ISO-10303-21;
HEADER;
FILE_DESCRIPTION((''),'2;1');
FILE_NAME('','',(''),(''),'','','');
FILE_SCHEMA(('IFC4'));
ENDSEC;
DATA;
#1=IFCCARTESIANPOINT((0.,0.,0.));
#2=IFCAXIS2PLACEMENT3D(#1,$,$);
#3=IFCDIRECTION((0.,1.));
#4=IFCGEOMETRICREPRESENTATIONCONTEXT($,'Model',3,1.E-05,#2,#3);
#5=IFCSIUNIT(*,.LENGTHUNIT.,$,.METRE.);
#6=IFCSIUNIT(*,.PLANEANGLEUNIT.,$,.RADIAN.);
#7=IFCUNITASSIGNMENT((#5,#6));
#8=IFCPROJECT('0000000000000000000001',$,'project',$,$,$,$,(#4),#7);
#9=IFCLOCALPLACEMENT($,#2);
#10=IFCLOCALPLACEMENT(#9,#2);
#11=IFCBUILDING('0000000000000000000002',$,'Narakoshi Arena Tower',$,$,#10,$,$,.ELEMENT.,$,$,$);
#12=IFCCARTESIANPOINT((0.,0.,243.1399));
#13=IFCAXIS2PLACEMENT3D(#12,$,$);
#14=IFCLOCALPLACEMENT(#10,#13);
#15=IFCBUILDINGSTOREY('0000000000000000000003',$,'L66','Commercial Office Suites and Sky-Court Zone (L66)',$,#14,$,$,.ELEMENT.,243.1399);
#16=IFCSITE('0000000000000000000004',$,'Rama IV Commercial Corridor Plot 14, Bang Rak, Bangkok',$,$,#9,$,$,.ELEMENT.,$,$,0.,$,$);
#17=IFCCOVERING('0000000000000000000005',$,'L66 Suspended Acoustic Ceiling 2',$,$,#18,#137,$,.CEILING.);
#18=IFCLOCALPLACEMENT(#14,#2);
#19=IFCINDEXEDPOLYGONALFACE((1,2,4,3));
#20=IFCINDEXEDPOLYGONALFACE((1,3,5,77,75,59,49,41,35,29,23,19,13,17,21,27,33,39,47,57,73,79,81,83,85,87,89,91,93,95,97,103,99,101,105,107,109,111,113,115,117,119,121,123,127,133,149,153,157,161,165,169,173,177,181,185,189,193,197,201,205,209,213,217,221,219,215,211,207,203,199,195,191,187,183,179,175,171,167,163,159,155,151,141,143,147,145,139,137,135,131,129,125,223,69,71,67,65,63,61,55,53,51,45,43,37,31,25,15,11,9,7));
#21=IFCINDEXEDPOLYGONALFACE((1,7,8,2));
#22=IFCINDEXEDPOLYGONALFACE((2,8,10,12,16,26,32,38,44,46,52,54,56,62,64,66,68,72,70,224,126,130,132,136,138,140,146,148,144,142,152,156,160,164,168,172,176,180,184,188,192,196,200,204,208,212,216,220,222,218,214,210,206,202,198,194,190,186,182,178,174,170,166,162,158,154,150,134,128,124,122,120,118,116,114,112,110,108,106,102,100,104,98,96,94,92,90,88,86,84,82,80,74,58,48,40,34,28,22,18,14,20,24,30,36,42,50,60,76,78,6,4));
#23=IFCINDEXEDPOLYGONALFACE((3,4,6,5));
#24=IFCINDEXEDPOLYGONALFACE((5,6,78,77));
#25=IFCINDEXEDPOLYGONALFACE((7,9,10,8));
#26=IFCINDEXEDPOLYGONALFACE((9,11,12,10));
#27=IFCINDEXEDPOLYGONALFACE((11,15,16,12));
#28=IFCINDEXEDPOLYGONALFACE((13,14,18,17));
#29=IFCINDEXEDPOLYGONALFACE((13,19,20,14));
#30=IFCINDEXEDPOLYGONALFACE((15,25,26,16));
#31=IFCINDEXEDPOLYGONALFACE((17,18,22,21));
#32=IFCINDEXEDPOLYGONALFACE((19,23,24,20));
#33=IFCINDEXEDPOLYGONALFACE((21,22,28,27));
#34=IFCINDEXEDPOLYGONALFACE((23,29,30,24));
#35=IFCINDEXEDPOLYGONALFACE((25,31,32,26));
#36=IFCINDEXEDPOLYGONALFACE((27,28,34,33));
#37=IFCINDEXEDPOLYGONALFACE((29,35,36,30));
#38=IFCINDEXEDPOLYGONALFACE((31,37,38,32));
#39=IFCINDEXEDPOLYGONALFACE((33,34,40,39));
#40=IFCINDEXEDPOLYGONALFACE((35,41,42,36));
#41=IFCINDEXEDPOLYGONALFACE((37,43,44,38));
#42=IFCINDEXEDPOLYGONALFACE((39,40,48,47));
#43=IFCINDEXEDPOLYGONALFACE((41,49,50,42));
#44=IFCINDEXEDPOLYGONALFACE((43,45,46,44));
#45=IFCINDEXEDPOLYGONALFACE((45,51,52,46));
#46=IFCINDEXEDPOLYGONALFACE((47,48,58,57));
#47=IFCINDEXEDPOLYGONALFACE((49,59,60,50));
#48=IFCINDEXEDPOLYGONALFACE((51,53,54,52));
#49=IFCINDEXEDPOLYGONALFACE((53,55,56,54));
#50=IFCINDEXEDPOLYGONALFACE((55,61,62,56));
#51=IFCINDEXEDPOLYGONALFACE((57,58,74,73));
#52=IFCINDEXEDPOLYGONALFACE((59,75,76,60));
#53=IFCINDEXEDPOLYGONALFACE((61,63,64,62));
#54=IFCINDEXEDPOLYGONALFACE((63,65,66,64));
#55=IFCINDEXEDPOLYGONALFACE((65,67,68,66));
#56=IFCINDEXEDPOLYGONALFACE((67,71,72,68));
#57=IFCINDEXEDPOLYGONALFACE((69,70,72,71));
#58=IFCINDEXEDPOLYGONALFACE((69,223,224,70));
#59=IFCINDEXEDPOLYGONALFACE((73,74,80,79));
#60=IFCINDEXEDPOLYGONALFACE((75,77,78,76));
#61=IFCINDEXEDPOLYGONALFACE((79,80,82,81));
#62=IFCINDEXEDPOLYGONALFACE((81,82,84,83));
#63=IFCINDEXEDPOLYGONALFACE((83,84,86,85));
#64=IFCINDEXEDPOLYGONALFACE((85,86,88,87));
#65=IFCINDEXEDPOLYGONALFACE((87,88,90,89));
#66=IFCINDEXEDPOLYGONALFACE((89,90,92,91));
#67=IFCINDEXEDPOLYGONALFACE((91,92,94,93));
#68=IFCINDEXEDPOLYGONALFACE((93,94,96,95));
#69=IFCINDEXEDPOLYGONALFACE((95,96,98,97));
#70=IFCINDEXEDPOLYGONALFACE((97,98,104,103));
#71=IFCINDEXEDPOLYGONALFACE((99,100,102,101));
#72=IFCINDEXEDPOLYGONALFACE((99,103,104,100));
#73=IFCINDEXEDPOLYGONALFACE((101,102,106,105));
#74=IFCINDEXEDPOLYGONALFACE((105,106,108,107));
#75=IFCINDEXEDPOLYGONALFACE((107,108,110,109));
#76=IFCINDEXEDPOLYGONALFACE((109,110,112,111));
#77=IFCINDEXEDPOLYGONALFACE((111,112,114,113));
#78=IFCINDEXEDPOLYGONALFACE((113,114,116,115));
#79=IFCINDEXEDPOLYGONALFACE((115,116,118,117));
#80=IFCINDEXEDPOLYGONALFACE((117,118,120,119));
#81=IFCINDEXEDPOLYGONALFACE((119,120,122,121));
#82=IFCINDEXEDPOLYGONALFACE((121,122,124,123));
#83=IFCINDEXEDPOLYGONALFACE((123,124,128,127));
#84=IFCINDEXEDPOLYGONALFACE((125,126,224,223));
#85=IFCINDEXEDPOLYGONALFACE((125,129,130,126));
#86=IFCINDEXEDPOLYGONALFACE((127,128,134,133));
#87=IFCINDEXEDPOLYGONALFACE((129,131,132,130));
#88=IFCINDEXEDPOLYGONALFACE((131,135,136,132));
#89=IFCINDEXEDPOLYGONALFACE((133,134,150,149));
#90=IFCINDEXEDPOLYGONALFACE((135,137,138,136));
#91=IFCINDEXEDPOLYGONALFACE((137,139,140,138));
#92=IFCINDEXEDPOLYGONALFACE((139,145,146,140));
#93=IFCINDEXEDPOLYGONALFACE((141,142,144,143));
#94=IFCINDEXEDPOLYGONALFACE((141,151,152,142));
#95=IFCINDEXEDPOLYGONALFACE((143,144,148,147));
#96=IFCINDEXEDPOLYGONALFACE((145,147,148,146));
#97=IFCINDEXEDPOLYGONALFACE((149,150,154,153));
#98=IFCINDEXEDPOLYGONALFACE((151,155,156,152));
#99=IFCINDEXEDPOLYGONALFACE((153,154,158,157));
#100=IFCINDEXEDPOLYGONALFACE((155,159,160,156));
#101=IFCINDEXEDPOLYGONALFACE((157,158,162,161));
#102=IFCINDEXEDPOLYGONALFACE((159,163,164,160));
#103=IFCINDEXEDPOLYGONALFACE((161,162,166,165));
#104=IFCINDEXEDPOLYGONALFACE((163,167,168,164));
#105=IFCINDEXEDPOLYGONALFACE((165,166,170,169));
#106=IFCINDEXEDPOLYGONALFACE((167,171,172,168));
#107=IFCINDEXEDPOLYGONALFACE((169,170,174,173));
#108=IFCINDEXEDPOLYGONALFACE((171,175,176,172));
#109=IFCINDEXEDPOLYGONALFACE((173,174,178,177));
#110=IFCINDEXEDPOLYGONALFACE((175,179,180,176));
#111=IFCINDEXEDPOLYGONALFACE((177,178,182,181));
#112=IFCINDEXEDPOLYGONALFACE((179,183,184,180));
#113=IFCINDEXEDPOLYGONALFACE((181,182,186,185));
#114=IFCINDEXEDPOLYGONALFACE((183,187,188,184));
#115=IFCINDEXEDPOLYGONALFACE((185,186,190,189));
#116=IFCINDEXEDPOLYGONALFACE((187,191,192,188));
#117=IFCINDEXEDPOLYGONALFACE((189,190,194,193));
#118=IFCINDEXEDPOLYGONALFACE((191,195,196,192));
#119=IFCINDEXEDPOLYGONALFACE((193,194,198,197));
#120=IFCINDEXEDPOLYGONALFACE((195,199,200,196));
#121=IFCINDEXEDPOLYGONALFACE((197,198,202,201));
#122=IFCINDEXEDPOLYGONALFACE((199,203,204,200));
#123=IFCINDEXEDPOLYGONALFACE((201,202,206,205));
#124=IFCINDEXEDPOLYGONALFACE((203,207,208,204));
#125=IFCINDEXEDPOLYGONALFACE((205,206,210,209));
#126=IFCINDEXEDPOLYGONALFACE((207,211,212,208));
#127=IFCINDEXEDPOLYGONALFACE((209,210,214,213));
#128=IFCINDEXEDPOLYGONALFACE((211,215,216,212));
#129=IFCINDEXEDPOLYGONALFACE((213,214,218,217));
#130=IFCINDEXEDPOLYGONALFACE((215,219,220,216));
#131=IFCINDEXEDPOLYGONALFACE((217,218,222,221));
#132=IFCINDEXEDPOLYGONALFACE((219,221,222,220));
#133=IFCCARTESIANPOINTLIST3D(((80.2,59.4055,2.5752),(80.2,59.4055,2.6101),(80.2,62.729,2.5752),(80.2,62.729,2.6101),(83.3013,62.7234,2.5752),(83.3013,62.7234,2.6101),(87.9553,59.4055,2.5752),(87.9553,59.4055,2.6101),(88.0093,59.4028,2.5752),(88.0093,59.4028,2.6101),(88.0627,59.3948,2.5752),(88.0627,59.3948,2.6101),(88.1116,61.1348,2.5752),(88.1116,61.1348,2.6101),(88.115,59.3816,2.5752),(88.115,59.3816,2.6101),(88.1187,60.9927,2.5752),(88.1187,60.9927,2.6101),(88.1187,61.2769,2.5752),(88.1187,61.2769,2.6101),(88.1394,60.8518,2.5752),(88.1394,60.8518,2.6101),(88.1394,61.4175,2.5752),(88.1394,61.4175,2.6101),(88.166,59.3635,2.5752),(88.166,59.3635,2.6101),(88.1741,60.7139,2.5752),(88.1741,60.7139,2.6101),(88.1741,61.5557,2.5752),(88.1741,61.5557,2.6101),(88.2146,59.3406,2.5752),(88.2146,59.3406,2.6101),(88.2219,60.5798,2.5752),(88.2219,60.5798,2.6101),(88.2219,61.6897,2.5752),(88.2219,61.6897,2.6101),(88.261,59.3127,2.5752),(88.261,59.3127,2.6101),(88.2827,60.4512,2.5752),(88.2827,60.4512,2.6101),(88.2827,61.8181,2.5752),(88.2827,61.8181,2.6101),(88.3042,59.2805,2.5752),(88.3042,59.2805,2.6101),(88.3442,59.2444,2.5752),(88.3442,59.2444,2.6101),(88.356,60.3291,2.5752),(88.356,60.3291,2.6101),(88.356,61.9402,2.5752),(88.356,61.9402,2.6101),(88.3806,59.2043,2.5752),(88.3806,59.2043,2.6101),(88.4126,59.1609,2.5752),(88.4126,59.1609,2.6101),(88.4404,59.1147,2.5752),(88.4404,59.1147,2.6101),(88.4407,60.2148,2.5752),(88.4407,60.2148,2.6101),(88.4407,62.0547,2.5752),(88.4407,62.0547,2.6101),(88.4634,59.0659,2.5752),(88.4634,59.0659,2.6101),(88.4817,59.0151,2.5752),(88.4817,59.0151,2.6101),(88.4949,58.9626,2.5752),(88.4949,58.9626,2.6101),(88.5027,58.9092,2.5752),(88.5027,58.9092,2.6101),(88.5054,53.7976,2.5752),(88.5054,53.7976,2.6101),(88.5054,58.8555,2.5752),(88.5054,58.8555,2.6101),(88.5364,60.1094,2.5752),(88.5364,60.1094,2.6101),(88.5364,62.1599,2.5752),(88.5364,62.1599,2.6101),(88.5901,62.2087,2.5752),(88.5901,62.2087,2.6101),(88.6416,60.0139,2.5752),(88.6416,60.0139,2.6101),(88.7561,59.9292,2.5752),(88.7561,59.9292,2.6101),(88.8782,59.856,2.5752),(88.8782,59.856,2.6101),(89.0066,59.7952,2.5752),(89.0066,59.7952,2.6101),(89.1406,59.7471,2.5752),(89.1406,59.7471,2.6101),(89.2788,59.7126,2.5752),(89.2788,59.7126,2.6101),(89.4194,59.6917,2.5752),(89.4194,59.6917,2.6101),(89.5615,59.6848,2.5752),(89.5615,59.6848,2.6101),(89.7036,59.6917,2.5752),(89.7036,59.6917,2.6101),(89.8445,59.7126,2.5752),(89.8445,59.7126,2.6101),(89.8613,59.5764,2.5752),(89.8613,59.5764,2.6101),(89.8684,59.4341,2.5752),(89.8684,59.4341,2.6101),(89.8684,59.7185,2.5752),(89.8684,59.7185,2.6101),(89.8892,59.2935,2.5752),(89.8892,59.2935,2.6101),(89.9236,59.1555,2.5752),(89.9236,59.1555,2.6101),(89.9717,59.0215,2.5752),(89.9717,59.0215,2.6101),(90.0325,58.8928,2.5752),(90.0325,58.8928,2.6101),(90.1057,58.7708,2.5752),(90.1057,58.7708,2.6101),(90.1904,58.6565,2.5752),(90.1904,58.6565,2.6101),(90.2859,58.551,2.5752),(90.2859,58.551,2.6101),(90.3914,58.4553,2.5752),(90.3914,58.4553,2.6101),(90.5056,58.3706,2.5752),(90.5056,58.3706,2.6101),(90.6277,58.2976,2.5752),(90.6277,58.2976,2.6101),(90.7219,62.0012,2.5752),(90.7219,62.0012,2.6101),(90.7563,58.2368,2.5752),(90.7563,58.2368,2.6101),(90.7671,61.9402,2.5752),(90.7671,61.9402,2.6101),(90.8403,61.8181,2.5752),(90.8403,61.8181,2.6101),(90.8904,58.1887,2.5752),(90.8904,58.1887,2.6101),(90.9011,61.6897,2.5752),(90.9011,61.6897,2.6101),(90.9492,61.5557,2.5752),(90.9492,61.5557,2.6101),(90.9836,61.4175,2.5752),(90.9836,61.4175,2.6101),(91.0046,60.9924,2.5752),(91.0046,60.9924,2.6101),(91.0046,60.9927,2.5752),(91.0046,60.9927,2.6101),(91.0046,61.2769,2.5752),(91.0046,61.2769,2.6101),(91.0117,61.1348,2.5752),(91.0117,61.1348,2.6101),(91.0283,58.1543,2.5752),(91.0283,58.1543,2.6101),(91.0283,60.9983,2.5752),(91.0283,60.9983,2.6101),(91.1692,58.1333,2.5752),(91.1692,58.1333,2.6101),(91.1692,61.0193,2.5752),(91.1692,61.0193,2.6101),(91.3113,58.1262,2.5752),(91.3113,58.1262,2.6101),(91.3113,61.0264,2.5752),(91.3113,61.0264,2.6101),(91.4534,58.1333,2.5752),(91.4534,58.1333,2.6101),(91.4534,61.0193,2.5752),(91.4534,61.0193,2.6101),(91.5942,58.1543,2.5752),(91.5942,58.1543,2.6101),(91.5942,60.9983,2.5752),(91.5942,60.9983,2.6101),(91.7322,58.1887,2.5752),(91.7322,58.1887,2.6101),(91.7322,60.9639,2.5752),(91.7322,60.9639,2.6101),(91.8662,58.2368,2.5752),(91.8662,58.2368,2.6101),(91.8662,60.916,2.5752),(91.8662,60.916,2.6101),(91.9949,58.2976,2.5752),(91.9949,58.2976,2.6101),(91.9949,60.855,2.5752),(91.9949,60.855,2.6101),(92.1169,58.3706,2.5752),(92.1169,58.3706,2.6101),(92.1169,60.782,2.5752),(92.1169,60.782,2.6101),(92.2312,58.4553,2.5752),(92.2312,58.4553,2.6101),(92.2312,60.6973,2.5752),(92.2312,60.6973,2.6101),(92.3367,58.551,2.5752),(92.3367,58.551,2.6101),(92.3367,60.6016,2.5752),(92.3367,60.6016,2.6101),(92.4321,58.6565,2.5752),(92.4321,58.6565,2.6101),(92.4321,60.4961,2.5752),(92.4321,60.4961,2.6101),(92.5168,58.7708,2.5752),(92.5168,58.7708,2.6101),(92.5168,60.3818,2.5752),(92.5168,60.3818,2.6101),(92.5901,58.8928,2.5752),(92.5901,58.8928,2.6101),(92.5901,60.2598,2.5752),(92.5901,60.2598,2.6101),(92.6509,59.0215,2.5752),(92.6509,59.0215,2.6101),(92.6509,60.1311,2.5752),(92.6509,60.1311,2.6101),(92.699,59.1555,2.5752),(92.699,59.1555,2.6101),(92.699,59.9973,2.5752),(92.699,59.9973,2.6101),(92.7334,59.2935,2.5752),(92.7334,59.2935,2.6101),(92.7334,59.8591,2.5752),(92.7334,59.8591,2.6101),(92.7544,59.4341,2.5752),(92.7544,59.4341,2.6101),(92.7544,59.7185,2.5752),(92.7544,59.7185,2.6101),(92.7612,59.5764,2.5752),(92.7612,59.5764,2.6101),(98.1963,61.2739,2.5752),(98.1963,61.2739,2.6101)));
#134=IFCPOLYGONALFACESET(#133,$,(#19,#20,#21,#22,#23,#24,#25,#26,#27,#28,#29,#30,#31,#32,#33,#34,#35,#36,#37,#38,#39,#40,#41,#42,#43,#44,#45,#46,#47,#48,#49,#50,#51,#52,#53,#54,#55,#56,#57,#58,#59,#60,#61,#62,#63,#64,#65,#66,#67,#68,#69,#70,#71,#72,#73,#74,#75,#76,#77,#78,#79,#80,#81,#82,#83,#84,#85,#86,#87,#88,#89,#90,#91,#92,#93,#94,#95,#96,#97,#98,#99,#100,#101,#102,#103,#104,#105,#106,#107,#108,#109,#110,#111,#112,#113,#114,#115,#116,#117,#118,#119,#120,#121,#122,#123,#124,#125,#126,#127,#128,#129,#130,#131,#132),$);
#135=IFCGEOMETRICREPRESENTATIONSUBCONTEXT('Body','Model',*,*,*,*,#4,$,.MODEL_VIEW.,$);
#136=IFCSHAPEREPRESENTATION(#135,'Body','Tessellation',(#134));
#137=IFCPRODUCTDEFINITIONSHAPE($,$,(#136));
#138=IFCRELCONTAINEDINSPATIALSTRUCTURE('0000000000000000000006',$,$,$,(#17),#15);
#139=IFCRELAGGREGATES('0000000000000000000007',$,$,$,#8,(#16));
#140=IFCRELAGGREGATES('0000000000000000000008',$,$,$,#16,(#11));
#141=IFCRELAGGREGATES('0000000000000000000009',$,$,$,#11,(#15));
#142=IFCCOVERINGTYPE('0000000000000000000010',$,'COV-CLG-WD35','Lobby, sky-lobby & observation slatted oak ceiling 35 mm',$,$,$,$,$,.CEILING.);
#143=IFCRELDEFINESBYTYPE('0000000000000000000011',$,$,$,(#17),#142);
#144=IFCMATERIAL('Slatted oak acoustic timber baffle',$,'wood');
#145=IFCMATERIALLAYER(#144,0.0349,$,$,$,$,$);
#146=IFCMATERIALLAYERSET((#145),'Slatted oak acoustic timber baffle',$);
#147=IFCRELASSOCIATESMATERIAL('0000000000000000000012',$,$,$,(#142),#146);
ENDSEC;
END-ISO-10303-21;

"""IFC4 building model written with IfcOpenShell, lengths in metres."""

from ifc_helpers import new_model, si_unit, direction, frame, origin, place, context, subcontext, project, spatial, polyline, outline, extrude, material, layer, layer_set, type_object, element, save


model = new_model("IFC4")

# Units and contexts
model_context = context("Model", 3, precision=1e-05, world=origin(), true_north=direction((0.0, 1.0)))
body_context = subcontext(model_context, "Body", "Model", "MODEL_VIEW")
ifc_project = project(units=[si_unit("LENGTHUNIT", "METRE"), si_unit("PLANEANGLEUNIT", "RADIAN")], contexts=[model_context])

# Site, building, storey
site_placement = place(None, origin())
site = spatial("IfcSite", under=ifc_project, at=site_placement, Name="Rama IV Commercial Corridor Plot 14, Bang Rak, Bangkok", CompositionType="ELEMENT", RefElevation=0.0)
building_placement = place(site_placement, origin())
building = spatial("IfcBuilding", under=site, at=building_placement, Name="Narakoshi Arena Tower", CompositionType="ELEMENT")
storey_placement = place(building_placement, frame((0.0, 0.0, 243.1399)))
storey = spatial("IfcBuildingStorey", under=building, at=storey_placement, Name="L66", Description="Commercial Office Suites and Sky-Court Zone (L66)", CompositionType="ELEMENT", Elevation=243.1399)

# Covering
ifc_material_1 = material(Name="Slatted oak acoustic timber baffle", Category="wood")
ifc_layer_1 = layer(ifc_material_1, 0.0349)
ifc_layer_set_1 = layer_set([ifc_layer_1], Name="Slatted oak acoustic timber baffle")
covering_type_1 = type_object("IfcCoveringType", Name="COV-CLG-WD35", Description="Lobby, sky-lobby & observation slatted oak ceiling 35 mm", PredefinedType="CEILING", material=ifc_layer_set_1)
covering_1_placement = place(storey_placement, frame((0.0, 0.0, 2.5752)))
element("IfcCovering", 1, at=covering_1_placement, inside=storey, type_object=covering_type_1, Name="L66 Suspended Acoustic Ceiling 2", PredefinedType="CEILING", context=body_context, shape_type="SweptSolid", body=[
    extrude(outline(polyline([(83.3013, 62.7234), (88.5901, 62.2087), (88.5364, 62.1599), (88.4407, 62.0547), (88.356, 61.9402), (88.2827, 61.8181), (88.2219, 61.6897), (88.1741, 61.5557), (88.1394, 61.4175), (88.1187, 61.2769), (88.1116, 61.1348), (88.1187, 60.9927), (88.1394, 60.8518), (88.1741, 60.7139), (88.2219, 60.5798), (88.2827, 60.4512), (88.356, 60.3291), (88.4407, 60.2148), (88.5364, 60.1094), (88.6416, 60.0139), (88.7561, 59.9292), (88.8782, 59.856), (89.0066, 59.7952), (89.1406, 59.7471), (89.2788, 59.7126), (89.4194, 59.6917), (89.5615, 59.6848), (89.7036, 59.6917), (89.8445, 59.7126), (89.8684, 59.7185), (89.8684, 59.7185), (89.8613, 59.5764), (89.8684, 59.4341), (89.8892, 59.2935), (89.9236, 59.1555), (89.9717, 59.0215), (90.0325, 58.8928), (90.1057, 58.7708), (90.1904, 58.6565), (90.2859, 58.551), (90.3914, 58.4553), (90.5056, 58.3706), (90.6277, 58.2976), (90.7563, 58.2368), (90.8904, 58.1887), (91.0283, 58.1543), (91.1692, 58.1333), (91.3113, 58.1262), (91.4534, 58.1333), (91.5942, 58.1543), (91.7322, 58.1887), (91.8662, 58.2368), (91.9949, 58.2976), (92.1169, 58.3706), (92.2312, 58.4553), (92.3367, 58.551), (92.4321, 58.6565), (92.5168, 58.7708), (92.5901, 58.8928), (92.6509, 59.0215), (92.699, 59.1555), (92.7334, 59.2935), (92.7544, 59.4341), (92.7612, 59.5764), (92.7544, 59.7185), (92.7334, 59.8591), (92.699, 59.9973), (92.6509, 60.1311), (92.5901, 60.2598), (92.5168, 60.3818), (92.4321, 60.4961), (92.3367, 60.6016), (92.2312, 60.6973), (92.1169, 60.782), (91.9949, 60.855), (91.8662, 60.916), (91.7322, 60.9639), (91.5942, 60.9983), (91.4534, 61.0193), (91.3113, 61.0264), (91.1692, 61.0193), (91.0283, 60.9983), (91.0046, 60.9924), (91.0046, 60.9927), (91.0117, 61.1348), (91.0046, 61.2769), (90.9836, 61.4175), (90.9492, 61.5557), (90.9011, 61.6897), (90.8403, 61.8181), (90.7671, 61.9402), (90.7219, 62.0012), (98.1963, 61.2739), (88.5054, 53.7976), (88.5054, 58.8555), (88.5027, 58.9092), (88.4949, 58.9626), (88.4817, 59.0151), (88.4634, 59.0659), (88.4404, 59.1147), (88.4126, 59.1609), (88.3806, 59.2043), (88.3442, 59.2444), (88.3042, 59.2805), (88.261, 59.3127), (88.2146, 59.3406), (88.166, 59.3635), (88.115, 59.3816), (88.0627, 59.3948), (88.0093, 59.4028), (87.9553, 59.4055), (80.2, 59.4055), (80.2, 62.729), (83.3013, 62.7234)])), origin(), (0.0, 0.0, 1.0), 0.0349),
])

save(model, "model.ifc")
